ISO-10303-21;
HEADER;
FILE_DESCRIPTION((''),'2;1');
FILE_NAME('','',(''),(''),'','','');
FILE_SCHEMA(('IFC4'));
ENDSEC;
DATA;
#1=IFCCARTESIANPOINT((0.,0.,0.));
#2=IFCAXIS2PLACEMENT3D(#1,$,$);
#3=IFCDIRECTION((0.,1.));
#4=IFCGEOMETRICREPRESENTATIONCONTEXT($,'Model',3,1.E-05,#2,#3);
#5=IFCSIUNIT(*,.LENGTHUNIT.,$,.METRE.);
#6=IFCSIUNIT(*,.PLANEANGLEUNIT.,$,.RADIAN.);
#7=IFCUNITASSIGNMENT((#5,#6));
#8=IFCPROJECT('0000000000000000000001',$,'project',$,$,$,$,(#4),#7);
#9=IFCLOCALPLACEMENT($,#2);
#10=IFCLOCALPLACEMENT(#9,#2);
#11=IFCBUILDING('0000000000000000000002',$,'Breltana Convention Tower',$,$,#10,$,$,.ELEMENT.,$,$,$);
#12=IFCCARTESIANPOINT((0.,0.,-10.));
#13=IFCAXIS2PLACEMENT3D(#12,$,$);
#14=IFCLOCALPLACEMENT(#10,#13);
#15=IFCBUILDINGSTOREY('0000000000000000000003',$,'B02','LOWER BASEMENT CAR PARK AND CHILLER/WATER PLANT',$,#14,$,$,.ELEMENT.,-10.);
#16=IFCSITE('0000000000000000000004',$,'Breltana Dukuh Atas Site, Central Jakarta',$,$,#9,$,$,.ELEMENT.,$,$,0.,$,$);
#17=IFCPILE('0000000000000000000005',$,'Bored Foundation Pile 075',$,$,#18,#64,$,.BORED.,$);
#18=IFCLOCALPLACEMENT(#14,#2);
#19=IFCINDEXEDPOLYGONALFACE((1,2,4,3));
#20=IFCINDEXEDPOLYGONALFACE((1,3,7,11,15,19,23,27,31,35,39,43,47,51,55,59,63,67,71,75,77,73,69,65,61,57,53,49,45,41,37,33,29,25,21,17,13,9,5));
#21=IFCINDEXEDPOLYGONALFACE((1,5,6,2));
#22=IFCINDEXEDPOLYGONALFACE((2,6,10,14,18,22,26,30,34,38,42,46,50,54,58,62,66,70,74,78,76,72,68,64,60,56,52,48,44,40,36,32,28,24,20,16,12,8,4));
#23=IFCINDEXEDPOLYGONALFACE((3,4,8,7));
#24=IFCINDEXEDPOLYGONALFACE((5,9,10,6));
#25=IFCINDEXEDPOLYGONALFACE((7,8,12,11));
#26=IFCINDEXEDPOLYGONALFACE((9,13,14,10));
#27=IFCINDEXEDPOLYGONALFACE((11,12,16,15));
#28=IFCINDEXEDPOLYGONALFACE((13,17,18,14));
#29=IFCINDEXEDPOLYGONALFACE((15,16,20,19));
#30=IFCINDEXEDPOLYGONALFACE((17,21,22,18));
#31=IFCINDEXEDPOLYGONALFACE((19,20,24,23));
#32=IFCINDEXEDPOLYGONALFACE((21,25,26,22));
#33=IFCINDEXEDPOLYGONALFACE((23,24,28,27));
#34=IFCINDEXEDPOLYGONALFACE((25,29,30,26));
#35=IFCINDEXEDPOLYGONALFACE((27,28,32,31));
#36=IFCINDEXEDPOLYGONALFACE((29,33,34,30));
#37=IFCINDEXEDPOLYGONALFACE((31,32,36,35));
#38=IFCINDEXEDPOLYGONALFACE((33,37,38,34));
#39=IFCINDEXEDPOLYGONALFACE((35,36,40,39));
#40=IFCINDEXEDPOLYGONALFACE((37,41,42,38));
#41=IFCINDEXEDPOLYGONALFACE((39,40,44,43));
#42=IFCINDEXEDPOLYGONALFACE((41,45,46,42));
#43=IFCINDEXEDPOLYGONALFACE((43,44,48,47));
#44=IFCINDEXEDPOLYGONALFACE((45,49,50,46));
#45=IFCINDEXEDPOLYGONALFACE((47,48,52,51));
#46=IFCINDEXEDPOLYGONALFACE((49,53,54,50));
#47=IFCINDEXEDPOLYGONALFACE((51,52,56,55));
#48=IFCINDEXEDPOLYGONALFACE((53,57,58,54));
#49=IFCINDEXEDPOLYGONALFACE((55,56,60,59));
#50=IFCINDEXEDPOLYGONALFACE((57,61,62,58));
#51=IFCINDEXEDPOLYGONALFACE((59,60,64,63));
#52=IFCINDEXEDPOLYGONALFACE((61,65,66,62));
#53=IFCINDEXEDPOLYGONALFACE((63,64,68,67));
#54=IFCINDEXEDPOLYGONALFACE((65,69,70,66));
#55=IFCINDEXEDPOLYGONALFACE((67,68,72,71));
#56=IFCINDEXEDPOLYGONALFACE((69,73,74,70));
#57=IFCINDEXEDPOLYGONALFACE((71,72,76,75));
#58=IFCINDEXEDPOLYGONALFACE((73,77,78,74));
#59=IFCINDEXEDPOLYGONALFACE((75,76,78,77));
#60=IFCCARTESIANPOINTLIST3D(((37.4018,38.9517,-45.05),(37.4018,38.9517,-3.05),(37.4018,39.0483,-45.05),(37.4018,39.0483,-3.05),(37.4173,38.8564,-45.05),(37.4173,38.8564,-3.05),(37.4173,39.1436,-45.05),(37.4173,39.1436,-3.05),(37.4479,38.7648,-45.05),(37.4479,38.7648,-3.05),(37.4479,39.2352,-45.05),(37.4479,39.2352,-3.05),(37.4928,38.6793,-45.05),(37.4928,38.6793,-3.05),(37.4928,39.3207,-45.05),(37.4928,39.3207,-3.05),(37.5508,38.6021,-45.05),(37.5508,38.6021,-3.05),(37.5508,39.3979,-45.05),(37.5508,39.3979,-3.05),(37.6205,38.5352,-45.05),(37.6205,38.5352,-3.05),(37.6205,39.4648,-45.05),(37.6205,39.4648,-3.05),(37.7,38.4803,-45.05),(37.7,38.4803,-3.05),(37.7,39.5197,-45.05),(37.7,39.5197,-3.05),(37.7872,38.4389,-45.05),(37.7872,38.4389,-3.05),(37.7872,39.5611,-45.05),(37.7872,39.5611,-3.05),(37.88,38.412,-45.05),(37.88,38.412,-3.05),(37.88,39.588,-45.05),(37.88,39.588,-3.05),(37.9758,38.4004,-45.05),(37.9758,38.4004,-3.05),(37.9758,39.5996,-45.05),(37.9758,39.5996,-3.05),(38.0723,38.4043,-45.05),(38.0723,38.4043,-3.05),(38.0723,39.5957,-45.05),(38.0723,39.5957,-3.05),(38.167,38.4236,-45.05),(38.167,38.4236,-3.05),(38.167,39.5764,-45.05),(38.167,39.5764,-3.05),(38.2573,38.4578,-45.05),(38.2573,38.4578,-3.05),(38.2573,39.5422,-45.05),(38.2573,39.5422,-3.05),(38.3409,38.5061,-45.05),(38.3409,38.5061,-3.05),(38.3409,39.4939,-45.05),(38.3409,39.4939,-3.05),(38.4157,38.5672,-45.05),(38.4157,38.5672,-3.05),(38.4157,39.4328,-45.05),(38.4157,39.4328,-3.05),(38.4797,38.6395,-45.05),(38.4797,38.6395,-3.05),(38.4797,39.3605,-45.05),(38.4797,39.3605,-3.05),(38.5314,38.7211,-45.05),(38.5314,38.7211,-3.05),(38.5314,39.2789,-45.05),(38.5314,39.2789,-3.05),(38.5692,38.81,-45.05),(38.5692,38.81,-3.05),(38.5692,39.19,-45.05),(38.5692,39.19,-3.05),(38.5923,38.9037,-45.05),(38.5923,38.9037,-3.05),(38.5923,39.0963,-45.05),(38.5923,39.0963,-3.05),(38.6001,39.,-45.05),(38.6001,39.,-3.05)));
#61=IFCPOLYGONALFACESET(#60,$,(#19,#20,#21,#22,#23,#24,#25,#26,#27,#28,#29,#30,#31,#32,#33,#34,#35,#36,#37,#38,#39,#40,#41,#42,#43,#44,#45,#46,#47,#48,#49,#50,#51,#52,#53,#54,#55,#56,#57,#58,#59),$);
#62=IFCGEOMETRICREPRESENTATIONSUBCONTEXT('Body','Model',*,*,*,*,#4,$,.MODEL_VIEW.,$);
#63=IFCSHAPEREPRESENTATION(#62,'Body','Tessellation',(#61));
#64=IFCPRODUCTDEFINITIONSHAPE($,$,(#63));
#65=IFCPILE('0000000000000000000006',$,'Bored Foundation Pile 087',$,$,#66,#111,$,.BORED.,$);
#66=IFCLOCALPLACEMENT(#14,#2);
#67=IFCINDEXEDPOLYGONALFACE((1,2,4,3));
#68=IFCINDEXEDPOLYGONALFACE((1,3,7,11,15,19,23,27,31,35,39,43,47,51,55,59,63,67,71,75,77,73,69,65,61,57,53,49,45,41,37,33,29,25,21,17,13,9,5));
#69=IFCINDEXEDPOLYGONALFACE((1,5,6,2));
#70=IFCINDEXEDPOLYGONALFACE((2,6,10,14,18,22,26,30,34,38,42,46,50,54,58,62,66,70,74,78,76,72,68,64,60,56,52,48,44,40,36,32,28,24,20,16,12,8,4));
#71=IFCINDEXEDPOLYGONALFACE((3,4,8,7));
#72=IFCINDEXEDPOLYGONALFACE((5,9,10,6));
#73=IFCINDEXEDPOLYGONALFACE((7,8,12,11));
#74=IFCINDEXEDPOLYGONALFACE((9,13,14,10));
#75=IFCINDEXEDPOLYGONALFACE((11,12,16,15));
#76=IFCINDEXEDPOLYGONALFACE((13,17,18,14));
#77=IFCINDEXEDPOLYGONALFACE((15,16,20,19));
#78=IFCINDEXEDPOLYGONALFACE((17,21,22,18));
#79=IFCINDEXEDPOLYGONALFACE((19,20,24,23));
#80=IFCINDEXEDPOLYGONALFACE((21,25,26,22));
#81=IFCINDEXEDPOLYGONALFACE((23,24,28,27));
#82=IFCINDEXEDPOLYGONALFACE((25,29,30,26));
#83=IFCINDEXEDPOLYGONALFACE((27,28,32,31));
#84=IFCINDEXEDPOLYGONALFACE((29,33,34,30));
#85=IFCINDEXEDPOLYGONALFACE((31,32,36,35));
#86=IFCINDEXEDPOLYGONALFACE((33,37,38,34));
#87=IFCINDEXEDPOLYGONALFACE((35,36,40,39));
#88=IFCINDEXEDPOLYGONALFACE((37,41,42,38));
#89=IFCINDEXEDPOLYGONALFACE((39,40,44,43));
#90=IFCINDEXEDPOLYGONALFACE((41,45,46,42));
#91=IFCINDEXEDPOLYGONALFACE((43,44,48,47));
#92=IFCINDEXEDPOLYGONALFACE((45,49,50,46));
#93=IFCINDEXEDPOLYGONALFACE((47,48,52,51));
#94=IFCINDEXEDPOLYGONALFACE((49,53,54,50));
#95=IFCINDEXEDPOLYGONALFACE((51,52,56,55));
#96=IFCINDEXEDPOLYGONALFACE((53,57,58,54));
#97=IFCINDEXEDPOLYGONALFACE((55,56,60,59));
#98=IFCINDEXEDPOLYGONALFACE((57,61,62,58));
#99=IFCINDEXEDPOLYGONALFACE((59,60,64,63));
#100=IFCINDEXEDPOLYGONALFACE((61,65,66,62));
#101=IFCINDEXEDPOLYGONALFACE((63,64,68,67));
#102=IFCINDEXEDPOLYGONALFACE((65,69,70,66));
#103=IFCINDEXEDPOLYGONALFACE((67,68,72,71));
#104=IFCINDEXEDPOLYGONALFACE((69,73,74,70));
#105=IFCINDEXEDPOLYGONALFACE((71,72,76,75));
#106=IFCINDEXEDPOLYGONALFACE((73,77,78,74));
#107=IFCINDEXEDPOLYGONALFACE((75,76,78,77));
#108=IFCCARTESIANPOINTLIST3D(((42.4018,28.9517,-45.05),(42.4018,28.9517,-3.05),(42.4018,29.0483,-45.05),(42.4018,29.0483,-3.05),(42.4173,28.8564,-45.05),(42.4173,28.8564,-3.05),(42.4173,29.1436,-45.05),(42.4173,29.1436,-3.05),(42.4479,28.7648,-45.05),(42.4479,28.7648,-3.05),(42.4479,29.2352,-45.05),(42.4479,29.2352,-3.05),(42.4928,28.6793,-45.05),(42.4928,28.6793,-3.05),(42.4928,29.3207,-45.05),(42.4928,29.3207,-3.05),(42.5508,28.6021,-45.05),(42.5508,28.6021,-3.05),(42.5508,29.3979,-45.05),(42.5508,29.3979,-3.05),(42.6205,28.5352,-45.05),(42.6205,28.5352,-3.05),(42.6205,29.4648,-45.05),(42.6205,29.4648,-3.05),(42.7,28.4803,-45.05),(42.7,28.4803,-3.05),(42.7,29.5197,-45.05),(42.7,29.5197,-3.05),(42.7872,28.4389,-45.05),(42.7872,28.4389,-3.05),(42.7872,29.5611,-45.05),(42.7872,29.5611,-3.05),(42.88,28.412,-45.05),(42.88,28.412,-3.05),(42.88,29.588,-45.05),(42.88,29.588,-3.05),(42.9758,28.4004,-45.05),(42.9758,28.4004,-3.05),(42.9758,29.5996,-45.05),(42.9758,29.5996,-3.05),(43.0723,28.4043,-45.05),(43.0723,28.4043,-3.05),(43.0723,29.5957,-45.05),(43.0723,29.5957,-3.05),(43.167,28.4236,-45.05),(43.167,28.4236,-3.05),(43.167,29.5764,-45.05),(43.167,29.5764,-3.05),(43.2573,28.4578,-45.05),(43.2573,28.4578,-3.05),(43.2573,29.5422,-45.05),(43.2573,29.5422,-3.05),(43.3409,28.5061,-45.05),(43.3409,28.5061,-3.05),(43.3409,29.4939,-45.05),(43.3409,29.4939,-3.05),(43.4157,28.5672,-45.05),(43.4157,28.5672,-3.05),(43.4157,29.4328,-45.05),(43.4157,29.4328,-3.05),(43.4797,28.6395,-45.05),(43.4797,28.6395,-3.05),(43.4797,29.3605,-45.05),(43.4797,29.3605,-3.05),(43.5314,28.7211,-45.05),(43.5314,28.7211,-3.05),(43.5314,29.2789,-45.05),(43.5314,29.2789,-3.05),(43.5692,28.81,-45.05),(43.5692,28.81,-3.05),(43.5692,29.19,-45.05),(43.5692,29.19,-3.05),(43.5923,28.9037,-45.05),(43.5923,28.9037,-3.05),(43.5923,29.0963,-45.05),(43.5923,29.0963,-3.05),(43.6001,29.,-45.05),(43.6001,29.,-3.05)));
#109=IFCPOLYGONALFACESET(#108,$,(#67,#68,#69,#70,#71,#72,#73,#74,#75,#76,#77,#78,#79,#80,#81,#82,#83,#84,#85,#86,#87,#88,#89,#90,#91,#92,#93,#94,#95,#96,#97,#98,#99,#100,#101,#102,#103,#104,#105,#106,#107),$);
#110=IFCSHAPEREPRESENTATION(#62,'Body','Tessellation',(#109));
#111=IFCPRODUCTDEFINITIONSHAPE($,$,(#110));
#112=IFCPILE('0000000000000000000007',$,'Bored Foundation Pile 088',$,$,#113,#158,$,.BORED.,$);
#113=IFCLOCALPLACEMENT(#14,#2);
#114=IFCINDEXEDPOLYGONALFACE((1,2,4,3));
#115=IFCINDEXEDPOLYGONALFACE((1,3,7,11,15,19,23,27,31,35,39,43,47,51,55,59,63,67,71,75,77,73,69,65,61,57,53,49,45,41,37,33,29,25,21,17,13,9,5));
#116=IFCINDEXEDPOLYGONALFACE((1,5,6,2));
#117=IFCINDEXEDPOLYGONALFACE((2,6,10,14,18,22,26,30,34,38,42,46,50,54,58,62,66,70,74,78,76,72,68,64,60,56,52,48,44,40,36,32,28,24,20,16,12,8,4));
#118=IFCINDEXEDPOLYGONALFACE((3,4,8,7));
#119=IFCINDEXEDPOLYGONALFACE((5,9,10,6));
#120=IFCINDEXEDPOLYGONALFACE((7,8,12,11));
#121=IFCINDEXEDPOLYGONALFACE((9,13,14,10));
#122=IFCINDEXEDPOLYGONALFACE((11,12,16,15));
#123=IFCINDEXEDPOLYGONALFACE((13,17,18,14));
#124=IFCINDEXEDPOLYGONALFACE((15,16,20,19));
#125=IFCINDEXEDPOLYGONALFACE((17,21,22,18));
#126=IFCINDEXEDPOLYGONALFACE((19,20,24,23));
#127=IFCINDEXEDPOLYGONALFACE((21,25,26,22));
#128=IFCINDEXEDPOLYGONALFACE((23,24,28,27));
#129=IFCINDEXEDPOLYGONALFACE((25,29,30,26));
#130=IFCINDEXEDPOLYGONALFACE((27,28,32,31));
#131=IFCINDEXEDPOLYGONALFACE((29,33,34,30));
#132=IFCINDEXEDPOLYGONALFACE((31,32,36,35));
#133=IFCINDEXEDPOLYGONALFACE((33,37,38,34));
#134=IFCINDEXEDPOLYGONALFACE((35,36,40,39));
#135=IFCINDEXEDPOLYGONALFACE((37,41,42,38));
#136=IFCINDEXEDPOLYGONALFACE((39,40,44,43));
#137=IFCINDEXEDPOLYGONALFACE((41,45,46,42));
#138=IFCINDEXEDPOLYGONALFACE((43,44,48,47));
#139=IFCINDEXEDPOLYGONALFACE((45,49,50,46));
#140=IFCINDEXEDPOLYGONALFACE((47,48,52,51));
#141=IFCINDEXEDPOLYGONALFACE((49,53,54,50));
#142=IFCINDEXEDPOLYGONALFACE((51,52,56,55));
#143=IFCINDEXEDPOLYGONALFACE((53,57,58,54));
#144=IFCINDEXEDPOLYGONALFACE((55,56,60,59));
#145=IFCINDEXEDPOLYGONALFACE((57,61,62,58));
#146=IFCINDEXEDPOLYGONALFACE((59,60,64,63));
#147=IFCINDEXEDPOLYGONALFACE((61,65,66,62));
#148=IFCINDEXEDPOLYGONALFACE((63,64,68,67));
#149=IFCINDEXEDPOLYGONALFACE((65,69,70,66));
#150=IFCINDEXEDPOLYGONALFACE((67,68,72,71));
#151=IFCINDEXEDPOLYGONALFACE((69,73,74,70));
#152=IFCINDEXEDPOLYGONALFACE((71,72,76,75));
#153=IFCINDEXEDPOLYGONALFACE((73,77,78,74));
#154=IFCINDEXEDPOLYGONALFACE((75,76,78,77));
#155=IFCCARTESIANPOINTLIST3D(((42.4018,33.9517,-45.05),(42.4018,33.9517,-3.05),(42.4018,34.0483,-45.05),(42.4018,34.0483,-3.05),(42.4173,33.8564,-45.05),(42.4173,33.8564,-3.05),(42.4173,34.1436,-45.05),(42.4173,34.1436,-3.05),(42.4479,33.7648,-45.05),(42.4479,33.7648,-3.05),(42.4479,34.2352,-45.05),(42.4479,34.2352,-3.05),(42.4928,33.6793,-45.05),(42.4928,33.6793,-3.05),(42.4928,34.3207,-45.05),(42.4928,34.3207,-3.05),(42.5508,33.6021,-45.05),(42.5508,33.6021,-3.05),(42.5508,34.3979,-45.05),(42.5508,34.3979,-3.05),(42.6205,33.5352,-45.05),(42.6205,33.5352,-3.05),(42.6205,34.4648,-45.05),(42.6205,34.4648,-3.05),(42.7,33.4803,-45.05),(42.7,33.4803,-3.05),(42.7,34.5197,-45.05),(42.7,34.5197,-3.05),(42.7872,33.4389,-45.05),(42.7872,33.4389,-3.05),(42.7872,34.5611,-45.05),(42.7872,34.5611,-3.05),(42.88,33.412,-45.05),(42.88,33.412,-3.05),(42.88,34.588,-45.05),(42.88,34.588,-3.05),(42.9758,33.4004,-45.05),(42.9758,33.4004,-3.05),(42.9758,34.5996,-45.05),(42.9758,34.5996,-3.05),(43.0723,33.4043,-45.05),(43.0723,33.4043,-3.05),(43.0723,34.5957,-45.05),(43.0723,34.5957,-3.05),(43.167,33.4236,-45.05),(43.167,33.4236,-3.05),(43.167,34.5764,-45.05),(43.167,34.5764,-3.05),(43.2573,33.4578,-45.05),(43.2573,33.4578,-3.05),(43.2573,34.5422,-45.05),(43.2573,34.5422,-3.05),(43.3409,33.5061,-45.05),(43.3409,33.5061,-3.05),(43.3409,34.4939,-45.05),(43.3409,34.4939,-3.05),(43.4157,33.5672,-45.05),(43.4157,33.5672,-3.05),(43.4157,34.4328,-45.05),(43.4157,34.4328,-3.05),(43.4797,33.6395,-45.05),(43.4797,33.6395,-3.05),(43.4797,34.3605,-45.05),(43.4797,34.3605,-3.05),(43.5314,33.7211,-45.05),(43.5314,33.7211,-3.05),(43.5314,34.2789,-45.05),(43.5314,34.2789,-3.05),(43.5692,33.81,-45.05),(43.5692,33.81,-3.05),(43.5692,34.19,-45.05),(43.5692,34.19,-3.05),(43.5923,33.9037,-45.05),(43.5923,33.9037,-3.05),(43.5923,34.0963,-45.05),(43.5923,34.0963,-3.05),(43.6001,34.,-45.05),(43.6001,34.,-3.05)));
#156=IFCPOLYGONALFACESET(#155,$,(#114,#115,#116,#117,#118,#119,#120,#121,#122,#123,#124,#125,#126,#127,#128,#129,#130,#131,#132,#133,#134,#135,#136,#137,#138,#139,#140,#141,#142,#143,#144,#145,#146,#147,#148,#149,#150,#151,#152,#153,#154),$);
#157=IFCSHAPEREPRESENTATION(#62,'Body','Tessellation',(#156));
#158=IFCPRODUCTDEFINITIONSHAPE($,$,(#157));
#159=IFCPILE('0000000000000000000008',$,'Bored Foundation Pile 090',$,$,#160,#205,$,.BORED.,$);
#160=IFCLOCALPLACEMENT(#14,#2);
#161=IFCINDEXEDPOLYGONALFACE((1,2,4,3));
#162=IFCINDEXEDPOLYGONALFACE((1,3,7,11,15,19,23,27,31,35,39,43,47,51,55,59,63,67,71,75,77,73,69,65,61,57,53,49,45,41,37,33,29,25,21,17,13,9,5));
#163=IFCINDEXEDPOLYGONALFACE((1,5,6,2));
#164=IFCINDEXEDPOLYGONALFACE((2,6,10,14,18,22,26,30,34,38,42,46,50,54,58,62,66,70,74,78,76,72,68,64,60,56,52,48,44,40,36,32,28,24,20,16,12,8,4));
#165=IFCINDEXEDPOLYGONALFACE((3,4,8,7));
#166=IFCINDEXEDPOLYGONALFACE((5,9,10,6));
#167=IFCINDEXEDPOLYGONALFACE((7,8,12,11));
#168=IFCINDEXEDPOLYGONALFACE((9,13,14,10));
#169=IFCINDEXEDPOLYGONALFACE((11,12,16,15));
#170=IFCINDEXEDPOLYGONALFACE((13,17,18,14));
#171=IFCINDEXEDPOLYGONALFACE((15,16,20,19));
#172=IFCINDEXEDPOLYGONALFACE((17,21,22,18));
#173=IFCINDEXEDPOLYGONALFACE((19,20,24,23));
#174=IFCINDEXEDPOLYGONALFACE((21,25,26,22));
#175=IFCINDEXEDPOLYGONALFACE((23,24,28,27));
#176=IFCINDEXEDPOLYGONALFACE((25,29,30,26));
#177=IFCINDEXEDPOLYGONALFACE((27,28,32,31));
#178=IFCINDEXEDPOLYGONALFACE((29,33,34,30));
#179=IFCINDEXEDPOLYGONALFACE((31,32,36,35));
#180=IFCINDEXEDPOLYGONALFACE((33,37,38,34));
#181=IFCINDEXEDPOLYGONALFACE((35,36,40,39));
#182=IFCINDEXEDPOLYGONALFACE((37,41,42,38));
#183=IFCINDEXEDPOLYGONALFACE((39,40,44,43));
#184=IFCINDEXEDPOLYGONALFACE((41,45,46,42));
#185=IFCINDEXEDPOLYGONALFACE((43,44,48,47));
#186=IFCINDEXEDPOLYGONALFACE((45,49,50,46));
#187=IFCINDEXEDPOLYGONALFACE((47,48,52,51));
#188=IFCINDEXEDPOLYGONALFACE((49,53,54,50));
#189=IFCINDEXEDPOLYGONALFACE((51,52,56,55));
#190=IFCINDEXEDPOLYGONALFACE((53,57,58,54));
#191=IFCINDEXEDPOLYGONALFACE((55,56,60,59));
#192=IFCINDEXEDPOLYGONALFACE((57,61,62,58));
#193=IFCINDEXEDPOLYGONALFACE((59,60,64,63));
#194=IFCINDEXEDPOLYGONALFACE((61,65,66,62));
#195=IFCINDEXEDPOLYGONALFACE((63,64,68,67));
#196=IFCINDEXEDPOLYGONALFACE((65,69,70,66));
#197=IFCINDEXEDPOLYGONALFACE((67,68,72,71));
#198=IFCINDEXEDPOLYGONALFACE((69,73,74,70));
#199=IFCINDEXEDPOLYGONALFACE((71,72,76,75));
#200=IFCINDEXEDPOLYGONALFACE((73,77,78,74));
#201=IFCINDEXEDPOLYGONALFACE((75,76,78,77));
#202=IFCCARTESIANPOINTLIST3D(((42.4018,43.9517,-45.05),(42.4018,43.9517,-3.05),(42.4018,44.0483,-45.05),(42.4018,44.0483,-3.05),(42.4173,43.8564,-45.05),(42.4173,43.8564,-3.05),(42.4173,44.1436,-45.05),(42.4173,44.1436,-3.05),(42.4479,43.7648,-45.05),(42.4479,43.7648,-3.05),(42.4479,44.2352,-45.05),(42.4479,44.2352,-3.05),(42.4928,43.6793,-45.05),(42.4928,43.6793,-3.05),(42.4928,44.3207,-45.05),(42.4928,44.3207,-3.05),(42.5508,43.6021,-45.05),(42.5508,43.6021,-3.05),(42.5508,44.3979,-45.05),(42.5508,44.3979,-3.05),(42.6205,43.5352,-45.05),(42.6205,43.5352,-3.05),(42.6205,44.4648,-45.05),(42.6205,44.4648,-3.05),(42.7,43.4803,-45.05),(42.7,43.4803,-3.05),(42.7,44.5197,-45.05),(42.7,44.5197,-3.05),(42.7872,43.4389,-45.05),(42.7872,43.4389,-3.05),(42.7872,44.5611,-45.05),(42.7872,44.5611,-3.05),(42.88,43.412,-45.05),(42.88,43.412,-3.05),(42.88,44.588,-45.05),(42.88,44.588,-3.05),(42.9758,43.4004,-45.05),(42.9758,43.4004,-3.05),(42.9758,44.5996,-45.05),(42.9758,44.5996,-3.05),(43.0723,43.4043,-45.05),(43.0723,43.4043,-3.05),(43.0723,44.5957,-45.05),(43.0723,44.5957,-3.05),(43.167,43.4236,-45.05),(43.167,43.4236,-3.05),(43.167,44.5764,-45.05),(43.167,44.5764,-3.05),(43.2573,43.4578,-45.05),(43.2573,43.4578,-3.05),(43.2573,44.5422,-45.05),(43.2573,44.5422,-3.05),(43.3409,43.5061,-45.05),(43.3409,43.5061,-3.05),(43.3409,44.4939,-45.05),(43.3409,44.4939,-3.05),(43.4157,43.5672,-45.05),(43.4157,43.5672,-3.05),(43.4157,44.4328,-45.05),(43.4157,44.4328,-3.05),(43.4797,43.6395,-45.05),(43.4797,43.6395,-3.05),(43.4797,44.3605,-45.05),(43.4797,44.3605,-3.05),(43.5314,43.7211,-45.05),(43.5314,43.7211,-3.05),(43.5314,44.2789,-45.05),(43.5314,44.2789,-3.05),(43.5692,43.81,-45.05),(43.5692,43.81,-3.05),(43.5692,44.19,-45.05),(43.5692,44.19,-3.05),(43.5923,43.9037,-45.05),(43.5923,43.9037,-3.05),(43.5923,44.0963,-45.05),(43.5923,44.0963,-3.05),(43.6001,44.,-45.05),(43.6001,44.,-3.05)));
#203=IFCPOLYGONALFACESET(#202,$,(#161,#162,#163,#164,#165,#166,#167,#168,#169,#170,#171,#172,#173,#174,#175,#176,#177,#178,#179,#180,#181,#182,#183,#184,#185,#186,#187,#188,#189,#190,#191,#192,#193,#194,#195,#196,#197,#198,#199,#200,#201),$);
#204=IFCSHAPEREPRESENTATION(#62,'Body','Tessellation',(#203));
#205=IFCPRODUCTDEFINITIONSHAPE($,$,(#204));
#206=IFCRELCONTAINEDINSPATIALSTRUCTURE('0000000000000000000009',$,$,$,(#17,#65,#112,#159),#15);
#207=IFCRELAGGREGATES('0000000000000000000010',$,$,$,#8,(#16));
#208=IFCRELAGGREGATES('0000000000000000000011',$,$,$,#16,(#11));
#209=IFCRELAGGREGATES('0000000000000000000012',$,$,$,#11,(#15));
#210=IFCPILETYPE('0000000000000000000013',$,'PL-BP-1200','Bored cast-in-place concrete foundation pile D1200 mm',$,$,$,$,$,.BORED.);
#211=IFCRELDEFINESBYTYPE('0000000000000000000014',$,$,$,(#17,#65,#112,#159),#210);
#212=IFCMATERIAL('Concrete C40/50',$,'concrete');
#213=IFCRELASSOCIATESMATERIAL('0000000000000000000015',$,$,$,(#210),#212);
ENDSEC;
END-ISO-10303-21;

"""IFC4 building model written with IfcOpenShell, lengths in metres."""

from ifc_helpers import new_model, si_unit, direction, frame, origin, origin_2d, place, context, subcontext, project, spatial, circle, extrude, source, transform, mapped, material, material_profile, profile_set, type_object, type_shapes, element, save


model = new_model("IFC4")

# Units and contexts
model_context = context("Model", 3, precision=1e-05, world=origin(), true_north=direction((0.0, 1.0)))
body_context = subcontext(model_context, "Body", "Model", "MODEL_VIEW")
ifc_project = project(units=[si_unit("LENGTHUNIT", "METRE"), si_unit("PLANEANGLEUNIT", "RADIAN")], contexts=[model_context])

# Site, building, storey
site_placement = place(None, origin())
site = spatial("IfcSite", under=ifc_project, at=site_placement, Name="Breltana Dukuh Atas Site, Central Jakarta", CompositionType="ELEMENT", RefElevation=0.0)
building_placement = place(site_placement, origin())
building = spatial("IfcBuilding", under=site, at=building_placement, Name="Breltana Convention Tower", CompositionType="ELEMENT")
storey_placement = place(building_placement, frame((0.0, 0.0, -10.0)))
storey = spatial("IfcBuildingStorey", under=building, at=storey_placement, Name="B02", Description="LOWER BASEMENT CAR PARK AND CHILLER/WATER PLANT", CompositionType="ELEMENT", Elevation=-10.0)

# Piles
ifc_material_1 = material(Name="Concrete C40/50", Category="concrete")
ifc_material_profile_1 = material_profile(ifc_material_1, circle(Radius=0.6001, at=origin_2d()), Name="BP-D1200")
ifc_profile_set_1 = profile_set([ifc_material_profile_1], Name="Concrete C40/50")
pile_type_1 = type_object("IfcPileType", Name="PL-BP-1200", Description="Bored cast-in-place concrete foundation pile D1200 mm", PredefinedType="BORED", material=ifc_profile_set_1)
shared_shape_1 = source(origin(), body_context, "Body", "SweptSolid", [
    extrude(circle(Radius=0.6001, at=origin_2d()), origin(), (0.0, 0.0, 1.0), 42.0),
])
type_shapes(pile_type_1, [shared_shape_1])
for number, where, z_axis, x_axis, name in (
    (1, (38.0, 39.0, -3.05), (0.0, 0.0, -1.0), (1.0, 0.0, 0.0), "Bored Foundation Pile 075"),
    (2, (43.0, 29.0, -3.05), (0.0, 0.0, -1.0), (1.0, 0.0, 0.0), "Bored Foundation Pile 087"),
    (3, (43.0, 34.0, -3.05), (0.0, 0.0, -1.0), (1.0, 0.0, 0.0), "Bored Foundation Pile 088"),
    (4, (43.0, 44.0, -3.05), (0.0, 0.0, -1.0), (1.0, 0.0, 0.0), "Bored Foundation Pile 090"),
):
    element("IfcPile", number, at=place(storey_placement, frame(where, z_axis=z_axis, x_axis=x_axis)), inside=storey, type_object=pile_type_1, Name=name, PredefinedType="BORED", context=body_context, shape_type="MappedRepresentation", body=[
        mapped(shared_shape_1, transform((0.0, 0.0, 0.0), scale=1.0)),
    ])

save(model, "model.ifc")
